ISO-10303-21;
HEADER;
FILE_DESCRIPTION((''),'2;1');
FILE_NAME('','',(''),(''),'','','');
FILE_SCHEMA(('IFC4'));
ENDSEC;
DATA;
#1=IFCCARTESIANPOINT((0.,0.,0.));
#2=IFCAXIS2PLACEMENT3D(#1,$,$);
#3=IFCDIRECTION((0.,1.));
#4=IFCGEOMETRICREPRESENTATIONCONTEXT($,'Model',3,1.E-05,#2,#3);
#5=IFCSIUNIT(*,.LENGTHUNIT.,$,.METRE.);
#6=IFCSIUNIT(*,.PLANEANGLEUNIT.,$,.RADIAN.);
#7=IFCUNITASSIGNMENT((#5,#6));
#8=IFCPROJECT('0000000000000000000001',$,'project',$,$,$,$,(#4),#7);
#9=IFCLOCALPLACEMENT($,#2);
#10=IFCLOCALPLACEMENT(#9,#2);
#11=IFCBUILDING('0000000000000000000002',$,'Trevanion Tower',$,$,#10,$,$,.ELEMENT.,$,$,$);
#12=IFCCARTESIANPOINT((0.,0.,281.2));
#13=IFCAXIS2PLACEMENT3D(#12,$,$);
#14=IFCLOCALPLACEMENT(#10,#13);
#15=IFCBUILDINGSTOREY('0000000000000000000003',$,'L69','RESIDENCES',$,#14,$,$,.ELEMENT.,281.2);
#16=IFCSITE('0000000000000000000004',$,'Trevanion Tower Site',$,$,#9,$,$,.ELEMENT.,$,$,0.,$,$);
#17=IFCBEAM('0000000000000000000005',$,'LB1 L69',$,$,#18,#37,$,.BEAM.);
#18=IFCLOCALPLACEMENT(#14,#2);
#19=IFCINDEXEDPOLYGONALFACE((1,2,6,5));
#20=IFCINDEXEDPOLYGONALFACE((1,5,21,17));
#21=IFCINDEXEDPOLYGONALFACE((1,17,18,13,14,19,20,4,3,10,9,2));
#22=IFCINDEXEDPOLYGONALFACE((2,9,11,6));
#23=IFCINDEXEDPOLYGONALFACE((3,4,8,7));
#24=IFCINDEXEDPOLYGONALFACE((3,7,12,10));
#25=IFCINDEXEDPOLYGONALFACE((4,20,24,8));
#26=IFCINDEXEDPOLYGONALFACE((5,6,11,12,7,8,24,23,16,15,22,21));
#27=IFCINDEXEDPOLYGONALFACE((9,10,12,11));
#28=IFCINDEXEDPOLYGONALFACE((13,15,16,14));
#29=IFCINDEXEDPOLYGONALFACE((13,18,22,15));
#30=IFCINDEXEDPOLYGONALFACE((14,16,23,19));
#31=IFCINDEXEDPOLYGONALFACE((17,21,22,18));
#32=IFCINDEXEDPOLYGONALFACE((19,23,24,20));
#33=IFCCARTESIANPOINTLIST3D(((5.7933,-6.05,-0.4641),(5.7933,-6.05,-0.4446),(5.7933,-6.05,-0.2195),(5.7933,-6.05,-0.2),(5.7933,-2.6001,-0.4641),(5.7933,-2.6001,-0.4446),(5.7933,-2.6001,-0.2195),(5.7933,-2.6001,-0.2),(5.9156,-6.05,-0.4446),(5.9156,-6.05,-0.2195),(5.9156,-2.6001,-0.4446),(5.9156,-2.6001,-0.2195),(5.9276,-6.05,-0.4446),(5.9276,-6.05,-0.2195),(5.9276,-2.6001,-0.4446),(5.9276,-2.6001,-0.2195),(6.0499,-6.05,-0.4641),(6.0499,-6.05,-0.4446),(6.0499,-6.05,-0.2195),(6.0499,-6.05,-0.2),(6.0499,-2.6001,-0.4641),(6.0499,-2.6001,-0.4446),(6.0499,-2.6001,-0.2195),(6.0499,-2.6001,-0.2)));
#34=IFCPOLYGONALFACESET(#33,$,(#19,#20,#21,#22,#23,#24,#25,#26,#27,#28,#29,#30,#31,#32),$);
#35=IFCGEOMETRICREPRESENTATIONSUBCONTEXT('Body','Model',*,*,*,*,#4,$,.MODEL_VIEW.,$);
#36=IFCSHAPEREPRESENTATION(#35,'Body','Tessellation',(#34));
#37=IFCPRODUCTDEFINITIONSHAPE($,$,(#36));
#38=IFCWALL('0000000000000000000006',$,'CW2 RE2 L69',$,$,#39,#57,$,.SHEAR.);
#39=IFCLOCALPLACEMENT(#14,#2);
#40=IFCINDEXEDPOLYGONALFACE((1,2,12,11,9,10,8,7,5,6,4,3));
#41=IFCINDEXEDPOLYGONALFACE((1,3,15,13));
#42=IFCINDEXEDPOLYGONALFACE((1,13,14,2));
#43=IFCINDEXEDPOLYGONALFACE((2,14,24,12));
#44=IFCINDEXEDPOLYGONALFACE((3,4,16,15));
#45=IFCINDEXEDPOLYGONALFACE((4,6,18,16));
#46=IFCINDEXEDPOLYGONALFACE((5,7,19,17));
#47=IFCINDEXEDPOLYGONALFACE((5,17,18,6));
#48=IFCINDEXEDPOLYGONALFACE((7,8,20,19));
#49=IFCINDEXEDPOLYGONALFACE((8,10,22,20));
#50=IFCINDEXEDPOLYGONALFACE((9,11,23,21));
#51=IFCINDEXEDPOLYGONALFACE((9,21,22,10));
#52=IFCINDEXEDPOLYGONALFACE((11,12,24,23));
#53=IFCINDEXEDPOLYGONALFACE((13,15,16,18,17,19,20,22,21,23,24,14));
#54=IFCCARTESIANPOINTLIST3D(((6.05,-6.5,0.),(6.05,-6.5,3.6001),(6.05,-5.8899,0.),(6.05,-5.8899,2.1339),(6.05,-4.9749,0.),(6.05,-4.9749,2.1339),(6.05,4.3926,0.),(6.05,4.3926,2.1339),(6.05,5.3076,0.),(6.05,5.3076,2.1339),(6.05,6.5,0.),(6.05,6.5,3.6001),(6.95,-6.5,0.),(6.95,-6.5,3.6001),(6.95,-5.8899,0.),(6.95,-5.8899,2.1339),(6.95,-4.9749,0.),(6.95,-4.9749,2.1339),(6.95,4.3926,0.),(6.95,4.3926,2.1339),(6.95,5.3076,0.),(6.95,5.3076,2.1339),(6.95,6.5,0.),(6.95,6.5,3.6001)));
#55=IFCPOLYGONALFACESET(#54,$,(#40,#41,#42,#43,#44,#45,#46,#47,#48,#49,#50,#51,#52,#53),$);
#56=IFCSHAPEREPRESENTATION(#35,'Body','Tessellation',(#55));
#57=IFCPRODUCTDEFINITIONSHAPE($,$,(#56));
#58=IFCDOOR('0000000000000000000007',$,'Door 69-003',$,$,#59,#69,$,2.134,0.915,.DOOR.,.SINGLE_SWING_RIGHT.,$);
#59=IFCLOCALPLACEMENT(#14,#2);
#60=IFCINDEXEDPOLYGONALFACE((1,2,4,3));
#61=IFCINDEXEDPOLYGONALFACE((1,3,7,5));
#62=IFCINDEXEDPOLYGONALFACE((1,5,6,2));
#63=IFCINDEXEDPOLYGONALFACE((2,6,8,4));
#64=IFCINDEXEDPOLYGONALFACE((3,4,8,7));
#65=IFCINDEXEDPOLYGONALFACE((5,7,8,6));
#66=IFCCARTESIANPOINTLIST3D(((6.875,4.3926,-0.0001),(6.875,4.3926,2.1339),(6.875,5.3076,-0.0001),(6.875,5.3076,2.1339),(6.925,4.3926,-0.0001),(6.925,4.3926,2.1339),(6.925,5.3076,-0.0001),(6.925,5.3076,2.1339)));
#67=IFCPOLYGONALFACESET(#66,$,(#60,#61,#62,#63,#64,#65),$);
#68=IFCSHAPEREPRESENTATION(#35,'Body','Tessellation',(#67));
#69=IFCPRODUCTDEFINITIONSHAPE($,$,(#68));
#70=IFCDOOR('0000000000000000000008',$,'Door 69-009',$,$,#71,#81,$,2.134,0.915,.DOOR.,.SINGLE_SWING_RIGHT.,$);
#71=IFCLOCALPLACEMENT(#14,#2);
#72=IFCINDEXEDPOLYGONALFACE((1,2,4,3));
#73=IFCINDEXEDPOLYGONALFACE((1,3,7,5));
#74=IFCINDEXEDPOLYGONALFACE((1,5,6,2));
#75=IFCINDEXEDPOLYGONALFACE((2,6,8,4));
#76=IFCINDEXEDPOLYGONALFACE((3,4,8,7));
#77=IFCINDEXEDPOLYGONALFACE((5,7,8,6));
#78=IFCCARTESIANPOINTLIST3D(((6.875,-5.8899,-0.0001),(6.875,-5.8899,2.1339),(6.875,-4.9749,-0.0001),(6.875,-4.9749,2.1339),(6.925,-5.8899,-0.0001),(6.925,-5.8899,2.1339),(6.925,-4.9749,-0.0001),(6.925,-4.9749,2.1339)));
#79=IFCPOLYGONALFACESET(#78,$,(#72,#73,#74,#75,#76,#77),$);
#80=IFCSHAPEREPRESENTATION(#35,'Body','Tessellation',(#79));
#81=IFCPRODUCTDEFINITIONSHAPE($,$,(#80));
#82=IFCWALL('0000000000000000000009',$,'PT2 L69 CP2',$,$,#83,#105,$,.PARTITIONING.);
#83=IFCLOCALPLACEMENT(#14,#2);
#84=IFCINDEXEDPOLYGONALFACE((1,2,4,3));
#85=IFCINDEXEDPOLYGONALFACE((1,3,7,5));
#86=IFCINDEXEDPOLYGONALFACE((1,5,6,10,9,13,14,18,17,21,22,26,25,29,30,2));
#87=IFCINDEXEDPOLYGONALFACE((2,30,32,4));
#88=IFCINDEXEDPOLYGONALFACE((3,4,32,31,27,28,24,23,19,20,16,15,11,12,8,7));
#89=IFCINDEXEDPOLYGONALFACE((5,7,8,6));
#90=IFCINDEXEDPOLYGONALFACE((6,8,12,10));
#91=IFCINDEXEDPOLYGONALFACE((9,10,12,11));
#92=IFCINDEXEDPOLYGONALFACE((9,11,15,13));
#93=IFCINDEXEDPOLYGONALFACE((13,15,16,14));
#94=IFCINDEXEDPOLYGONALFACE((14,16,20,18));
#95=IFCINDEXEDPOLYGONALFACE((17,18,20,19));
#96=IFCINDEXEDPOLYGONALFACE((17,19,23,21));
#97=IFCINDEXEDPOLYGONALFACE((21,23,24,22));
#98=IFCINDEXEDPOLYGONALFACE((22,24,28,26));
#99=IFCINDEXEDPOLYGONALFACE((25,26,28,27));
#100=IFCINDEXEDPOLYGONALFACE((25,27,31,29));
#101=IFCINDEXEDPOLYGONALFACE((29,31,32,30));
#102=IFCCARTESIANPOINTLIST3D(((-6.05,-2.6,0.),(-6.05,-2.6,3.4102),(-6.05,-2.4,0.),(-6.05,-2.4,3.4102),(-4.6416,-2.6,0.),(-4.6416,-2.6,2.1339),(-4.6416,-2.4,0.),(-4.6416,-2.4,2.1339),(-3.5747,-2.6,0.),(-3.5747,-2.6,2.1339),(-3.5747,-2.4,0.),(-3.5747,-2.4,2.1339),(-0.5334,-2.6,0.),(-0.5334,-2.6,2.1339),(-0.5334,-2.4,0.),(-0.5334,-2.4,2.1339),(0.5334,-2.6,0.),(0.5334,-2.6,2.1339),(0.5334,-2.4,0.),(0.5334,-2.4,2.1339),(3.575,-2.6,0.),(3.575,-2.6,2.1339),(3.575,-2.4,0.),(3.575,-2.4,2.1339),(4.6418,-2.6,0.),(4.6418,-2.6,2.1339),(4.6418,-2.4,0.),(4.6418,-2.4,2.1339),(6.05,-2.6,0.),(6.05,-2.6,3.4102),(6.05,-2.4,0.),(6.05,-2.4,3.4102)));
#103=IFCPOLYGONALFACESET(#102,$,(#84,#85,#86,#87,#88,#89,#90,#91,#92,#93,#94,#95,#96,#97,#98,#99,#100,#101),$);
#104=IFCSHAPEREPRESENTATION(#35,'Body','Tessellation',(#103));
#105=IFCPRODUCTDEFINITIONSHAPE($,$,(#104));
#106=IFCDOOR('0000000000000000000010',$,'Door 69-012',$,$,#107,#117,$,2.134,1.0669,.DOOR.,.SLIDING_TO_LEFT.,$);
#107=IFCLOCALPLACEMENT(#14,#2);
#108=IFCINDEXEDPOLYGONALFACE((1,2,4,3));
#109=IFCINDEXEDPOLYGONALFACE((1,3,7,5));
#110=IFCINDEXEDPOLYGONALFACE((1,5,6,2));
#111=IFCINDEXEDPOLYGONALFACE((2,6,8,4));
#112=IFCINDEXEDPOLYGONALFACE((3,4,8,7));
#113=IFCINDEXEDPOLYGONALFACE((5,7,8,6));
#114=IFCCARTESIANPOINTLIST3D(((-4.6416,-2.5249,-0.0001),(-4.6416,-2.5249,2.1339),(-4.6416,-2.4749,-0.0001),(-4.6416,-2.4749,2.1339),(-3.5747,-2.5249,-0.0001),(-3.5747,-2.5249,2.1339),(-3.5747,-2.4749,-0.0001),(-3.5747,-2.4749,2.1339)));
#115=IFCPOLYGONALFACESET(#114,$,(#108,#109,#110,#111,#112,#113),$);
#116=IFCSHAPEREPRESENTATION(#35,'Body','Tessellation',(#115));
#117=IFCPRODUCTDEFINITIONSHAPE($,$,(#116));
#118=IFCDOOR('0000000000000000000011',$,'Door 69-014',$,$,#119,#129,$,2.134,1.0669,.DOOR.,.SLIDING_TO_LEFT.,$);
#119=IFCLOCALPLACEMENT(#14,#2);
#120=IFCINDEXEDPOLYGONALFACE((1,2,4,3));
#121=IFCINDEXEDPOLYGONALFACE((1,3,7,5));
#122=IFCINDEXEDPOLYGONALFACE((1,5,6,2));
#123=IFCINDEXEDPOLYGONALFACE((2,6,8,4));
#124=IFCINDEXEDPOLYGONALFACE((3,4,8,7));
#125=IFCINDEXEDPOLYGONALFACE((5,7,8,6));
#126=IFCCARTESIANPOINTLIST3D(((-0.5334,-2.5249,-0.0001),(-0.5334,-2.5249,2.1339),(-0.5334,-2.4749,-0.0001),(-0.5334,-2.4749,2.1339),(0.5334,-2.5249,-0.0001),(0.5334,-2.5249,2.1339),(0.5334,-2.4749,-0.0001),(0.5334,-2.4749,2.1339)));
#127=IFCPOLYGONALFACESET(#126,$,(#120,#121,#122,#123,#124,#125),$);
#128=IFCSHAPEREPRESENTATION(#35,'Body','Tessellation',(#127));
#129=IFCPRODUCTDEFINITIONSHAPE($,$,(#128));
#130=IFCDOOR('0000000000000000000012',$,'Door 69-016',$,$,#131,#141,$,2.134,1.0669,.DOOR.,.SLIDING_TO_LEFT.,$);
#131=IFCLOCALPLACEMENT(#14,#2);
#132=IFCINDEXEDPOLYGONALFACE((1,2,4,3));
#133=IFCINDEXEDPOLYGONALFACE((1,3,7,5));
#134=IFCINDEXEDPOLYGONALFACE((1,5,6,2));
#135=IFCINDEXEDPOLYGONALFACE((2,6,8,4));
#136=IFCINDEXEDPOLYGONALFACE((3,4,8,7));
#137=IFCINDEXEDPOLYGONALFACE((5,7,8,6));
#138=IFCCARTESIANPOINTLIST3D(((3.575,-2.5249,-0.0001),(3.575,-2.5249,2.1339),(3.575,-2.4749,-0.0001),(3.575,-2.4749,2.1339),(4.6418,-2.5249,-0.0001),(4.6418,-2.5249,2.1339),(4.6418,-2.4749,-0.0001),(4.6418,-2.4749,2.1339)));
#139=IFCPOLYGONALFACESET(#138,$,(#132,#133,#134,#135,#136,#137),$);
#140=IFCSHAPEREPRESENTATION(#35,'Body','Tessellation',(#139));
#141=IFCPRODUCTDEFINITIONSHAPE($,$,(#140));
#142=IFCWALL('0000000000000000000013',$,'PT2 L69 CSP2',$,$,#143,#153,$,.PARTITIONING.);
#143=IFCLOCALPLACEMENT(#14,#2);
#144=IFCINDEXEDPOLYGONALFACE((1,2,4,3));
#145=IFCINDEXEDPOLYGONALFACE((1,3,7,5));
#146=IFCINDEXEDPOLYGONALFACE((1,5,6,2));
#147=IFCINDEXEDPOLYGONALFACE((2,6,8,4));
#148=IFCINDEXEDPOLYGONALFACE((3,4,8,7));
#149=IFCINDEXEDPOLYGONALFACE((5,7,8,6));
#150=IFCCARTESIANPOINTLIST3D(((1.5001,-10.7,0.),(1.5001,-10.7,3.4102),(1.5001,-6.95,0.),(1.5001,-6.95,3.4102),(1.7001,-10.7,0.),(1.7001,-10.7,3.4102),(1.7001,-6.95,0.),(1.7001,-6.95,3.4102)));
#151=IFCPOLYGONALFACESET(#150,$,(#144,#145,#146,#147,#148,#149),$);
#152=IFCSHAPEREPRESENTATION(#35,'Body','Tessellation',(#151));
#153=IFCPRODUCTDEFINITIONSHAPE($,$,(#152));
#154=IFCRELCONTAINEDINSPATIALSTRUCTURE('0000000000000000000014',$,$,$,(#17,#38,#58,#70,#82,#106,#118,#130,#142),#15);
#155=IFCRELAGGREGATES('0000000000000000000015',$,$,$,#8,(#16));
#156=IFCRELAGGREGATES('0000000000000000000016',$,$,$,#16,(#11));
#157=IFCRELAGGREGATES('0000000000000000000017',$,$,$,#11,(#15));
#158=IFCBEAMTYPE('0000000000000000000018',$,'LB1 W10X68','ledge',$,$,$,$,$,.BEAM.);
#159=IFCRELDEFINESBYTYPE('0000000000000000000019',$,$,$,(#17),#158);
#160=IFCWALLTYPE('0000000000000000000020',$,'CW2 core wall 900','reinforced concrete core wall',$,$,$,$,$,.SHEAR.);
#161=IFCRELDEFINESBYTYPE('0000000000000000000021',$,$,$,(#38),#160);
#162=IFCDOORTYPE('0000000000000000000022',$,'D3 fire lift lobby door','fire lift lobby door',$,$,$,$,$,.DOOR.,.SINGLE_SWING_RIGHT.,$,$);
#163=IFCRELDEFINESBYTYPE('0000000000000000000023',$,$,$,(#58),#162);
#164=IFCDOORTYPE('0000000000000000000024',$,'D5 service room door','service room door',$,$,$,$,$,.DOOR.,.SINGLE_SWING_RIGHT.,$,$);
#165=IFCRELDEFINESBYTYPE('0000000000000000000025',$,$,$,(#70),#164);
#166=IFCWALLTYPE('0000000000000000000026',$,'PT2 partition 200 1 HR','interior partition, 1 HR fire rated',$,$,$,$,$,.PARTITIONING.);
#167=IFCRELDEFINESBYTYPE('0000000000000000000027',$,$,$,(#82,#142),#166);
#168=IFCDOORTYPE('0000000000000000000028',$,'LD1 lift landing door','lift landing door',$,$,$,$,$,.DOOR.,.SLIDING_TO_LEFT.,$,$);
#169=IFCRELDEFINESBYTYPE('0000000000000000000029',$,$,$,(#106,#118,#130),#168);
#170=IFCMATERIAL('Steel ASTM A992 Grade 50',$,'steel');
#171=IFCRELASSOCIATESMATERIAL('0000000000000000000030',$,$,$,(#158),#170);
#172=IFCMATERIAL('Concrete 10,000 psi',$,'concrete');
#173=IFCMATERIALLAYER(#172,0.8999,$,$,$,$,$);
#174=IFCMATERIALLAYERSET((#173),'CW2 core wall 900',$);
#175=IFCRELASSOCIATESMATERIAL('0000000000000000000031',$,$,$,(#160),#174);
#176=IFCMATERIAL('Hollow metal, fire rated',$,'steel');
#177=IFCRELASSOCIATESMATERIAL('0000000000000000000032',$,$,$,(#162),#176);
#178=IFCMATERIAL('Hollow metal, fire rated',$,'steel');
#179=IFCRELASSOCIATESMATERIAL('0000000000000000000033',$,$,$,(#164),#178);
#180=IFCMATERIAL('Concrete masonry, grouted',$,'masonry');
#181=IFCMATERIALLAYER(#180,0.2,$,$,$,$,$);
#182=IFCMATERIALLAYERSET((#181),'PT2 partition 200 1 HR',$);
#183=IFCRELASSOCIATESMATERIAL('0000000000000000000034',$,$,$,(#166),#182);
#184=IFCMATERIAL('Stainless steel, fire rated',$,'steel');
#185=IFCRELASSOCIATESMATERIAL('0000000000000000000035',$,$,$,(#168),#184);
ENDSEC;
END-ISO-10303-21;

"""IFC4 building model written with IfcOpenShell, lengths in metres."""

from ifc_helpers import new_model, si_unit, direction, frame, frame_2d, origin, origin_2d, place, context, subcontext, project, spatial, rectangle, i_section, extrude, material, layer, layer_set, material_profile, profile_set, type_object, element, fill, save


model = new_model("IFC4")

# Units and contexts
model_context = context("Model", 3, precision=1e-05, world=origin(), true_north=direction((0.0, 1.0)))
body_context = subcontext(model_context, "Body", "Model", "MODEL_VIEW")
ifc_project = project(units=[si_unit("LENGTHUNIT", "METRE"), si_unit("PLANEANGLEUNIT", "RADIAN")], contexts=[model_context])

# Site, building, storey
site_placement = place(None, origin())
site = spatial("IfcSite", under=ifc_project, at=site_placement, Name="Trevanion Tower Site", CompositionType="ELEMENT", RefElevation=0.0)
building_placement = place(site_placement, origin())
building = spatial("IfcBuilding", under=site, at=building_placement, Name="Trevanion Tower", CompositionType="ELEMENT")
storey_placement = place(building_placement, frame((0.0, 0.0, 281.2)))
storey = spatial("IfcBuildingStorey", under=building, at=storey_placement, Name="L69", Description="RESIDENCES", CompositionType="ELEMENT", Elevation=281.2)

# Beam
ifc_material_1 = material(Name="Steel ASTM A992 Grade 50", Category="steel")
ifc_material_profile = material_profile(ifc_material_1, i_section(OverallWidth=0.2566, OverallDepth=0.2642, WebThickness=0.012, FlangeThickness=0.0195, at=origin_2d()), Name="W10X68")
ifc_profile_set = profile_set([ifc_material_profile], Name="Steel ASTM A992 Grade 50")
beam_type = type_object("IfcBeamType", Name="LB1 W10X68", Description="ledge", PredefinedType="BEAM", material=ifc_profile_set)
beam_placement = place(storey_placement, frame((5.9216, -6.05, -0.332), z_axis=(0.0, 1.0, 0.0), x_axis=(-1.0, 0.0, 0.0)))
element("IfcBeam", 1, at=beam_placement, inside=storey, type_object=beam_type, Name="LB1 L69", PredefinedType="BEAM", context=body_context, shape_type="SweptSolid", body=[
    extrude(i_section(OverallWidth=0.2566, OverallDepth=0.2642, WebThickness=0.012, FlangeThickness=0.0195, at=origin_2d()), origin(), (0.0, 0.0, 1.0), 3.45),
])

# Walls, openings, doors
ifc_material_2 = material(Name="Concrete 10,000 psi", Category="concrete")
ifc_layer_1 = layer(ifc_material_2, 0.8999)
ifc_layer_set_1 = layer_set([ifc_layer_1], Name="CW2 core wall 900")
wall_type_1 = type_object("IfcWallType", Name="CW2 core wall 900", Description="reinforced concrete core wall", PredefinedType="SHEAR", material=ifc_layer_set_1)
wall_1_placement = place(storey_placement, frame((6.5, -6.5, 0.0), z_axis=(0.0, 0.0, 1.0), x_axis=(0.0, 1.0, 0.0)))
wall_1 = element("IfcWall", 2, at=wall_1_placement, inside=storey, type_object=wall_type_1, Name="CW2 RE2 L69", PredefinedType="SHEAR", context=body_context, shape_type="SweptSolid", body=[
    extrude(rectangle(XDim=13.0, YDim=0.8999, at=frame_2d((6.5, 0.0))), origin(), (0.0, 0.0, 1.0), 3.6001),
])
opening_1_placement = place(wall_1_placement, frame((10.8926, 0.0, 0.0)))
opening_1 = element("IfcOpeningElement", 3, at=opening_1_placement, cuts=wall_1, PredefinedType="OPENING", context=body_context, shape_type="SweptSolid", body=[
    extrude(rectangle(XDim=0.915, YDim=2.134, at=frame_2d((0.4575, 1.0669))), frame((0.0, 0.46, 0.0), z_axis=(0.0, -1.0, 0.0), x_axis=(1.0, 0.0, 0.0)), (0.0, 0.0, 1.0), 0.9199),
])
opening_2_placement = place(wall_1_placement, frame((0.6101, 0.0, 0.0)))
opening_2 = element("IfcOpeningElement", 4, at=opening_2_placement, cuts=wall_1, PredefinedType="OPENING", context=body_context, shape_type="SweptSolid", body=[
    extrude(rectangle(XDim=0.915, YDim=2.134, at=frame_2d((0.4575, 1.0669))), frame((0.0, 0.46, 0.0), z_axis=(0.0, -1.0, 0.0), x_axis=(1.0, 0.0, 0.0)), (0.0, 0.0, 1.0), 0.9199),
])
ifc_material_3 = material(Name="Hollow metal, fire rated", Category="steel")
door_type_1 = type_object("IfcDoorType", Name="D3 fire lift lobby door", Description="fire lift lobby door", OperationType="SINGLE_SWING_RIGHT", PredefinedType="DOOR", material=ifc_material_3)
door_1_placement = place(opening_1_placement, origin())
door_1 = element("IfcDoor", 5, at=door_1_placement, inside=storey, type_object=door_type_1, Name="Door 69-003", OperationType="SINGLE_SWING_RIGHT", OverallHeight=2.134, OverallWidth=0.915, PredefinedType="DOOR", context=body_context, shape_type="SweptSolid", body=[
    extrude(rectangle(XDim=0.915, YDim=2.134, at=frame_2d((0.4575, 1.0669))), frame((0.0, -0.375, 0.0), z_axis=(0.0, -1.0, 0.0), x_axis=(1.0, 0.0, 0.0)), (0.0, 0.0, 1.0), 0.05),
])
fill(opening_1, door_1)
ifc_material_4 = material(Name="Hollow metal, fire rated", Category="steel")
door_type_2 = type_object("IfcDoorType", Name="D5 service room door", Description="service room door", OperationType="SINGLE_SWING_RIGHT", PredefinedType="DOOR", material=ifc_material_4)
door_2_placement = place(opening_2_placement, origin())
door_2 = element("IfcDoor", 6, at=door_2_placement, inside=storey, type_object=door_type_2, Name="Door 69-009", OperationType="SINGLE_SWING_RIGHT", OverallHeight=2.134, OverallWidth=0.915, PredefinedType="DOOR", context=body_context, shape_type="SweptSolid", body=[
    extrude(rectangle(XDim=0.915, YDim=2.134, at=frame_2d((0.4575, 1.0669))), frame((0.0, -0.375, 0.0), z_axis=(0.0, -1.0, 0.0), x_axis=(1.0, 0.0, 0.0)), (0.0, 0.0, 1.0), 0.05),
])
fill(opening_2, door_2)
ifc_material_5 = material(Name="Concrete masonry, grouted", Category="masonry")
ifc_layer_2 = layer(ifc_material_5, 0.2)
ifc_layer_set_2 = layer_set([ifc_layer_2], Name="PT2 partition 200 1 HR")
wall_type_2 = type_object("IfcWallType", Name="PT2 partition 200 1 HR", Description="interior partition, 1 HR fire rated", PredefinedType="PARTITIONING", material=ifc_layer_set_2)
wall_2_placement = place(storey_placement, frame((6.05, -2.5, 0.0), z_axis=(0.0, 0.0, 1.0), x_axis=(-1.0, 0.0, 0.0)))
wall_2 = element("IfcWall", 7, at=wall_2_placement, inside=storey, type_object=wall_type_2, Name="PT2 L69 CP2", PredefinedType="PARTITIONING", context=body_context, shape_type="SweptSolid", body=[
    extrude(rectangle(XDim=12.1001, YDim=0.2, at=frame_2d((6.05, 0.0))), origin(), (0.0, 0.0, 1.0), 3.4102),
])
opening_3_placement = place(wall_2_placement, frame((9.6248, 0.0, 0.0)))
opening_3 = element("IfcOpeningElement", 8, at=opening_3_placement, cuts=wall_2, PredefinedType="OPENING", context=body_context, shape_type="SweptSolid", body=[
    extrude(rectangle(XDim=1.0669, YDim=2.134, at=frame_2d((0.5334, 1.0669))), frame((0.0, 0.1099, 0.0), z_axis=(0.0, -1.0, 0.0), x_axis=(1.0, 0.0, 0.0)), (0.0, 0.0, 1.0), 0.22),
])
opening_4_placement = place(wall_2_placement, frame((5.5166, 0.0, 0.0)))
opening_4 = element("IfcOpeningElement", 9, at=opening_4_placement, cuts=wall_2, PredefinedType="OPENING", context=body_context, shape_type="SweptSolid", body=[
    extrude(rectangle(XDim=1.0669, YDim=2.134, at=frame_2d((0.5334, 1.0669))), frame((0.0, 0.1099, 0.0), z_axis=(0.0, -1.0, 0.0), x_axis=(1.0, 0.0, 0.0)), (0.0, 0.0, 1.0), 0.22),
])
opening_5_placement = place(wall_2_placement, frame((1.4082, 0.0, 0.0)))
opening_5 = element("IfcOpeningElement", 10, at=opening_5_placement, cuts=wall_2, PredefinedType="OPENING", context=body_context, shape_type="SweptSolid", body=[
    extrude(rectangle(XDim=1.0669, YDim=2.134, at=frame_2d((0.5334, 1.0669))), frame((0.0, 0.1099, 0.0), z_axis=(0.0, -1.0, 0.0), x_axis=(1.0, 0.0, 0.0)), (0.0, 0.0, 1.0), 0.22),
])
ifc_material_6 = material(Name="Stainless steel, fire rated", Category="steel")
door_type_3 = type_object("IfcDoorType", Name="LD1 lift landing door", Description="lift landing door", OperationType="SLIDING_TO_LEFT", PredefinedType="DOOR", material=ifc_material_6)
door_3_placement = place(opening_3_placement, origin())
door_3 = element("IfcDoor", 11, at=door_3_placement, inside=storey, type_object=door_type_3, Name="Door 69-012", OperationType="SLIDING_TO_LEFT", OverallHeight=2.134, OverallWidth=1.0669, PredefinedType="DOOR", context=body_context, shape_type="SweptSolid", body=[
    extrude(rectangle(XDim=1.0669, YDim=2.134, at=frame_2d((0.5334, 1.0669))), frame((0.0, 0.0249, 0.0), z_axis=(0.0, -1.0, 0.0), x_axis=(1.0, 0.0, 0.0)), (0.0, 0.0, 1.0), 0.05),
])
fill(opening_3, door_3)
door_4_placement = place(opening_4_placement, origin())
door_4 = element("IfcDoor", 12, at=door_4_placement, inside=storey, type_object=door_type_3, Name="Door 69-014", OperationType="SLIDING_TO_LEFT", OverallHeight=2.134, OverallWidth=1.0669, PredefinedType="DOOR", context=body_context, shape_type="SweptSolid", body=[
    extrude(rectangle(XDim=1.0669, YDim=2.134, at=frame_2d((0.5334, 1.0669))), frame((0.0, 0.0249, 0.0), z_axis=(0.0, -1.0, 0.0), x_axis=(1.0, 0.0, 0.0)), (0.0, 0.0, 1.0), 0.05),
])
fill(opening_4, door_4)
door_5_placement = place(opening_5_placement, origin())
door_5 = element("IfcDoor", 13, at=door_5_placement, inside=storey, type_object=door_type_3, Name="Door 69-016", OperationType="SLIDING_TO_LEFT", OverallHeight=2.134, OverallWidth=1.0669, PredefinedType="DOOR", context=body_context, shape_type="SweptSolid", body=[
    extrude(rectangle(XDim=1.0669, YDim=2.134, at=frame_2d((0.5334, 1.0669))), frame((0.0, 0.0249, 0.0), z_axis=(0.0, -1.0, 0.0), x_axis=(1.0, 0.0, 0.0)), (0.0, 0.0, 1.0), 0.05),
])
fill(opening_5, door_5)

# Wall
wall_3_placement = place(storey_placement, frame((1.6001, -6.95, 0.0), z_axis=(0.0, 0.0, 1.0), x_axis=(0.0, -1.0, 0.0)))
element("IfcWall", 14, at=wall_3_placement, inside=storey, type_object=wall_type_2, Name="PT2 L69 CSP2", PredefinedType="PARTITIONING", context=body_context, shape_type="SweptSolid", body=[
    extrude(rectangle(XDim=3.75, YDim=0.2, at=frame_2d((1.875, 0.0))), origin(), (0.0, 0.0, 1.0), 3.4102),
])

save(model, "model.ifc")
